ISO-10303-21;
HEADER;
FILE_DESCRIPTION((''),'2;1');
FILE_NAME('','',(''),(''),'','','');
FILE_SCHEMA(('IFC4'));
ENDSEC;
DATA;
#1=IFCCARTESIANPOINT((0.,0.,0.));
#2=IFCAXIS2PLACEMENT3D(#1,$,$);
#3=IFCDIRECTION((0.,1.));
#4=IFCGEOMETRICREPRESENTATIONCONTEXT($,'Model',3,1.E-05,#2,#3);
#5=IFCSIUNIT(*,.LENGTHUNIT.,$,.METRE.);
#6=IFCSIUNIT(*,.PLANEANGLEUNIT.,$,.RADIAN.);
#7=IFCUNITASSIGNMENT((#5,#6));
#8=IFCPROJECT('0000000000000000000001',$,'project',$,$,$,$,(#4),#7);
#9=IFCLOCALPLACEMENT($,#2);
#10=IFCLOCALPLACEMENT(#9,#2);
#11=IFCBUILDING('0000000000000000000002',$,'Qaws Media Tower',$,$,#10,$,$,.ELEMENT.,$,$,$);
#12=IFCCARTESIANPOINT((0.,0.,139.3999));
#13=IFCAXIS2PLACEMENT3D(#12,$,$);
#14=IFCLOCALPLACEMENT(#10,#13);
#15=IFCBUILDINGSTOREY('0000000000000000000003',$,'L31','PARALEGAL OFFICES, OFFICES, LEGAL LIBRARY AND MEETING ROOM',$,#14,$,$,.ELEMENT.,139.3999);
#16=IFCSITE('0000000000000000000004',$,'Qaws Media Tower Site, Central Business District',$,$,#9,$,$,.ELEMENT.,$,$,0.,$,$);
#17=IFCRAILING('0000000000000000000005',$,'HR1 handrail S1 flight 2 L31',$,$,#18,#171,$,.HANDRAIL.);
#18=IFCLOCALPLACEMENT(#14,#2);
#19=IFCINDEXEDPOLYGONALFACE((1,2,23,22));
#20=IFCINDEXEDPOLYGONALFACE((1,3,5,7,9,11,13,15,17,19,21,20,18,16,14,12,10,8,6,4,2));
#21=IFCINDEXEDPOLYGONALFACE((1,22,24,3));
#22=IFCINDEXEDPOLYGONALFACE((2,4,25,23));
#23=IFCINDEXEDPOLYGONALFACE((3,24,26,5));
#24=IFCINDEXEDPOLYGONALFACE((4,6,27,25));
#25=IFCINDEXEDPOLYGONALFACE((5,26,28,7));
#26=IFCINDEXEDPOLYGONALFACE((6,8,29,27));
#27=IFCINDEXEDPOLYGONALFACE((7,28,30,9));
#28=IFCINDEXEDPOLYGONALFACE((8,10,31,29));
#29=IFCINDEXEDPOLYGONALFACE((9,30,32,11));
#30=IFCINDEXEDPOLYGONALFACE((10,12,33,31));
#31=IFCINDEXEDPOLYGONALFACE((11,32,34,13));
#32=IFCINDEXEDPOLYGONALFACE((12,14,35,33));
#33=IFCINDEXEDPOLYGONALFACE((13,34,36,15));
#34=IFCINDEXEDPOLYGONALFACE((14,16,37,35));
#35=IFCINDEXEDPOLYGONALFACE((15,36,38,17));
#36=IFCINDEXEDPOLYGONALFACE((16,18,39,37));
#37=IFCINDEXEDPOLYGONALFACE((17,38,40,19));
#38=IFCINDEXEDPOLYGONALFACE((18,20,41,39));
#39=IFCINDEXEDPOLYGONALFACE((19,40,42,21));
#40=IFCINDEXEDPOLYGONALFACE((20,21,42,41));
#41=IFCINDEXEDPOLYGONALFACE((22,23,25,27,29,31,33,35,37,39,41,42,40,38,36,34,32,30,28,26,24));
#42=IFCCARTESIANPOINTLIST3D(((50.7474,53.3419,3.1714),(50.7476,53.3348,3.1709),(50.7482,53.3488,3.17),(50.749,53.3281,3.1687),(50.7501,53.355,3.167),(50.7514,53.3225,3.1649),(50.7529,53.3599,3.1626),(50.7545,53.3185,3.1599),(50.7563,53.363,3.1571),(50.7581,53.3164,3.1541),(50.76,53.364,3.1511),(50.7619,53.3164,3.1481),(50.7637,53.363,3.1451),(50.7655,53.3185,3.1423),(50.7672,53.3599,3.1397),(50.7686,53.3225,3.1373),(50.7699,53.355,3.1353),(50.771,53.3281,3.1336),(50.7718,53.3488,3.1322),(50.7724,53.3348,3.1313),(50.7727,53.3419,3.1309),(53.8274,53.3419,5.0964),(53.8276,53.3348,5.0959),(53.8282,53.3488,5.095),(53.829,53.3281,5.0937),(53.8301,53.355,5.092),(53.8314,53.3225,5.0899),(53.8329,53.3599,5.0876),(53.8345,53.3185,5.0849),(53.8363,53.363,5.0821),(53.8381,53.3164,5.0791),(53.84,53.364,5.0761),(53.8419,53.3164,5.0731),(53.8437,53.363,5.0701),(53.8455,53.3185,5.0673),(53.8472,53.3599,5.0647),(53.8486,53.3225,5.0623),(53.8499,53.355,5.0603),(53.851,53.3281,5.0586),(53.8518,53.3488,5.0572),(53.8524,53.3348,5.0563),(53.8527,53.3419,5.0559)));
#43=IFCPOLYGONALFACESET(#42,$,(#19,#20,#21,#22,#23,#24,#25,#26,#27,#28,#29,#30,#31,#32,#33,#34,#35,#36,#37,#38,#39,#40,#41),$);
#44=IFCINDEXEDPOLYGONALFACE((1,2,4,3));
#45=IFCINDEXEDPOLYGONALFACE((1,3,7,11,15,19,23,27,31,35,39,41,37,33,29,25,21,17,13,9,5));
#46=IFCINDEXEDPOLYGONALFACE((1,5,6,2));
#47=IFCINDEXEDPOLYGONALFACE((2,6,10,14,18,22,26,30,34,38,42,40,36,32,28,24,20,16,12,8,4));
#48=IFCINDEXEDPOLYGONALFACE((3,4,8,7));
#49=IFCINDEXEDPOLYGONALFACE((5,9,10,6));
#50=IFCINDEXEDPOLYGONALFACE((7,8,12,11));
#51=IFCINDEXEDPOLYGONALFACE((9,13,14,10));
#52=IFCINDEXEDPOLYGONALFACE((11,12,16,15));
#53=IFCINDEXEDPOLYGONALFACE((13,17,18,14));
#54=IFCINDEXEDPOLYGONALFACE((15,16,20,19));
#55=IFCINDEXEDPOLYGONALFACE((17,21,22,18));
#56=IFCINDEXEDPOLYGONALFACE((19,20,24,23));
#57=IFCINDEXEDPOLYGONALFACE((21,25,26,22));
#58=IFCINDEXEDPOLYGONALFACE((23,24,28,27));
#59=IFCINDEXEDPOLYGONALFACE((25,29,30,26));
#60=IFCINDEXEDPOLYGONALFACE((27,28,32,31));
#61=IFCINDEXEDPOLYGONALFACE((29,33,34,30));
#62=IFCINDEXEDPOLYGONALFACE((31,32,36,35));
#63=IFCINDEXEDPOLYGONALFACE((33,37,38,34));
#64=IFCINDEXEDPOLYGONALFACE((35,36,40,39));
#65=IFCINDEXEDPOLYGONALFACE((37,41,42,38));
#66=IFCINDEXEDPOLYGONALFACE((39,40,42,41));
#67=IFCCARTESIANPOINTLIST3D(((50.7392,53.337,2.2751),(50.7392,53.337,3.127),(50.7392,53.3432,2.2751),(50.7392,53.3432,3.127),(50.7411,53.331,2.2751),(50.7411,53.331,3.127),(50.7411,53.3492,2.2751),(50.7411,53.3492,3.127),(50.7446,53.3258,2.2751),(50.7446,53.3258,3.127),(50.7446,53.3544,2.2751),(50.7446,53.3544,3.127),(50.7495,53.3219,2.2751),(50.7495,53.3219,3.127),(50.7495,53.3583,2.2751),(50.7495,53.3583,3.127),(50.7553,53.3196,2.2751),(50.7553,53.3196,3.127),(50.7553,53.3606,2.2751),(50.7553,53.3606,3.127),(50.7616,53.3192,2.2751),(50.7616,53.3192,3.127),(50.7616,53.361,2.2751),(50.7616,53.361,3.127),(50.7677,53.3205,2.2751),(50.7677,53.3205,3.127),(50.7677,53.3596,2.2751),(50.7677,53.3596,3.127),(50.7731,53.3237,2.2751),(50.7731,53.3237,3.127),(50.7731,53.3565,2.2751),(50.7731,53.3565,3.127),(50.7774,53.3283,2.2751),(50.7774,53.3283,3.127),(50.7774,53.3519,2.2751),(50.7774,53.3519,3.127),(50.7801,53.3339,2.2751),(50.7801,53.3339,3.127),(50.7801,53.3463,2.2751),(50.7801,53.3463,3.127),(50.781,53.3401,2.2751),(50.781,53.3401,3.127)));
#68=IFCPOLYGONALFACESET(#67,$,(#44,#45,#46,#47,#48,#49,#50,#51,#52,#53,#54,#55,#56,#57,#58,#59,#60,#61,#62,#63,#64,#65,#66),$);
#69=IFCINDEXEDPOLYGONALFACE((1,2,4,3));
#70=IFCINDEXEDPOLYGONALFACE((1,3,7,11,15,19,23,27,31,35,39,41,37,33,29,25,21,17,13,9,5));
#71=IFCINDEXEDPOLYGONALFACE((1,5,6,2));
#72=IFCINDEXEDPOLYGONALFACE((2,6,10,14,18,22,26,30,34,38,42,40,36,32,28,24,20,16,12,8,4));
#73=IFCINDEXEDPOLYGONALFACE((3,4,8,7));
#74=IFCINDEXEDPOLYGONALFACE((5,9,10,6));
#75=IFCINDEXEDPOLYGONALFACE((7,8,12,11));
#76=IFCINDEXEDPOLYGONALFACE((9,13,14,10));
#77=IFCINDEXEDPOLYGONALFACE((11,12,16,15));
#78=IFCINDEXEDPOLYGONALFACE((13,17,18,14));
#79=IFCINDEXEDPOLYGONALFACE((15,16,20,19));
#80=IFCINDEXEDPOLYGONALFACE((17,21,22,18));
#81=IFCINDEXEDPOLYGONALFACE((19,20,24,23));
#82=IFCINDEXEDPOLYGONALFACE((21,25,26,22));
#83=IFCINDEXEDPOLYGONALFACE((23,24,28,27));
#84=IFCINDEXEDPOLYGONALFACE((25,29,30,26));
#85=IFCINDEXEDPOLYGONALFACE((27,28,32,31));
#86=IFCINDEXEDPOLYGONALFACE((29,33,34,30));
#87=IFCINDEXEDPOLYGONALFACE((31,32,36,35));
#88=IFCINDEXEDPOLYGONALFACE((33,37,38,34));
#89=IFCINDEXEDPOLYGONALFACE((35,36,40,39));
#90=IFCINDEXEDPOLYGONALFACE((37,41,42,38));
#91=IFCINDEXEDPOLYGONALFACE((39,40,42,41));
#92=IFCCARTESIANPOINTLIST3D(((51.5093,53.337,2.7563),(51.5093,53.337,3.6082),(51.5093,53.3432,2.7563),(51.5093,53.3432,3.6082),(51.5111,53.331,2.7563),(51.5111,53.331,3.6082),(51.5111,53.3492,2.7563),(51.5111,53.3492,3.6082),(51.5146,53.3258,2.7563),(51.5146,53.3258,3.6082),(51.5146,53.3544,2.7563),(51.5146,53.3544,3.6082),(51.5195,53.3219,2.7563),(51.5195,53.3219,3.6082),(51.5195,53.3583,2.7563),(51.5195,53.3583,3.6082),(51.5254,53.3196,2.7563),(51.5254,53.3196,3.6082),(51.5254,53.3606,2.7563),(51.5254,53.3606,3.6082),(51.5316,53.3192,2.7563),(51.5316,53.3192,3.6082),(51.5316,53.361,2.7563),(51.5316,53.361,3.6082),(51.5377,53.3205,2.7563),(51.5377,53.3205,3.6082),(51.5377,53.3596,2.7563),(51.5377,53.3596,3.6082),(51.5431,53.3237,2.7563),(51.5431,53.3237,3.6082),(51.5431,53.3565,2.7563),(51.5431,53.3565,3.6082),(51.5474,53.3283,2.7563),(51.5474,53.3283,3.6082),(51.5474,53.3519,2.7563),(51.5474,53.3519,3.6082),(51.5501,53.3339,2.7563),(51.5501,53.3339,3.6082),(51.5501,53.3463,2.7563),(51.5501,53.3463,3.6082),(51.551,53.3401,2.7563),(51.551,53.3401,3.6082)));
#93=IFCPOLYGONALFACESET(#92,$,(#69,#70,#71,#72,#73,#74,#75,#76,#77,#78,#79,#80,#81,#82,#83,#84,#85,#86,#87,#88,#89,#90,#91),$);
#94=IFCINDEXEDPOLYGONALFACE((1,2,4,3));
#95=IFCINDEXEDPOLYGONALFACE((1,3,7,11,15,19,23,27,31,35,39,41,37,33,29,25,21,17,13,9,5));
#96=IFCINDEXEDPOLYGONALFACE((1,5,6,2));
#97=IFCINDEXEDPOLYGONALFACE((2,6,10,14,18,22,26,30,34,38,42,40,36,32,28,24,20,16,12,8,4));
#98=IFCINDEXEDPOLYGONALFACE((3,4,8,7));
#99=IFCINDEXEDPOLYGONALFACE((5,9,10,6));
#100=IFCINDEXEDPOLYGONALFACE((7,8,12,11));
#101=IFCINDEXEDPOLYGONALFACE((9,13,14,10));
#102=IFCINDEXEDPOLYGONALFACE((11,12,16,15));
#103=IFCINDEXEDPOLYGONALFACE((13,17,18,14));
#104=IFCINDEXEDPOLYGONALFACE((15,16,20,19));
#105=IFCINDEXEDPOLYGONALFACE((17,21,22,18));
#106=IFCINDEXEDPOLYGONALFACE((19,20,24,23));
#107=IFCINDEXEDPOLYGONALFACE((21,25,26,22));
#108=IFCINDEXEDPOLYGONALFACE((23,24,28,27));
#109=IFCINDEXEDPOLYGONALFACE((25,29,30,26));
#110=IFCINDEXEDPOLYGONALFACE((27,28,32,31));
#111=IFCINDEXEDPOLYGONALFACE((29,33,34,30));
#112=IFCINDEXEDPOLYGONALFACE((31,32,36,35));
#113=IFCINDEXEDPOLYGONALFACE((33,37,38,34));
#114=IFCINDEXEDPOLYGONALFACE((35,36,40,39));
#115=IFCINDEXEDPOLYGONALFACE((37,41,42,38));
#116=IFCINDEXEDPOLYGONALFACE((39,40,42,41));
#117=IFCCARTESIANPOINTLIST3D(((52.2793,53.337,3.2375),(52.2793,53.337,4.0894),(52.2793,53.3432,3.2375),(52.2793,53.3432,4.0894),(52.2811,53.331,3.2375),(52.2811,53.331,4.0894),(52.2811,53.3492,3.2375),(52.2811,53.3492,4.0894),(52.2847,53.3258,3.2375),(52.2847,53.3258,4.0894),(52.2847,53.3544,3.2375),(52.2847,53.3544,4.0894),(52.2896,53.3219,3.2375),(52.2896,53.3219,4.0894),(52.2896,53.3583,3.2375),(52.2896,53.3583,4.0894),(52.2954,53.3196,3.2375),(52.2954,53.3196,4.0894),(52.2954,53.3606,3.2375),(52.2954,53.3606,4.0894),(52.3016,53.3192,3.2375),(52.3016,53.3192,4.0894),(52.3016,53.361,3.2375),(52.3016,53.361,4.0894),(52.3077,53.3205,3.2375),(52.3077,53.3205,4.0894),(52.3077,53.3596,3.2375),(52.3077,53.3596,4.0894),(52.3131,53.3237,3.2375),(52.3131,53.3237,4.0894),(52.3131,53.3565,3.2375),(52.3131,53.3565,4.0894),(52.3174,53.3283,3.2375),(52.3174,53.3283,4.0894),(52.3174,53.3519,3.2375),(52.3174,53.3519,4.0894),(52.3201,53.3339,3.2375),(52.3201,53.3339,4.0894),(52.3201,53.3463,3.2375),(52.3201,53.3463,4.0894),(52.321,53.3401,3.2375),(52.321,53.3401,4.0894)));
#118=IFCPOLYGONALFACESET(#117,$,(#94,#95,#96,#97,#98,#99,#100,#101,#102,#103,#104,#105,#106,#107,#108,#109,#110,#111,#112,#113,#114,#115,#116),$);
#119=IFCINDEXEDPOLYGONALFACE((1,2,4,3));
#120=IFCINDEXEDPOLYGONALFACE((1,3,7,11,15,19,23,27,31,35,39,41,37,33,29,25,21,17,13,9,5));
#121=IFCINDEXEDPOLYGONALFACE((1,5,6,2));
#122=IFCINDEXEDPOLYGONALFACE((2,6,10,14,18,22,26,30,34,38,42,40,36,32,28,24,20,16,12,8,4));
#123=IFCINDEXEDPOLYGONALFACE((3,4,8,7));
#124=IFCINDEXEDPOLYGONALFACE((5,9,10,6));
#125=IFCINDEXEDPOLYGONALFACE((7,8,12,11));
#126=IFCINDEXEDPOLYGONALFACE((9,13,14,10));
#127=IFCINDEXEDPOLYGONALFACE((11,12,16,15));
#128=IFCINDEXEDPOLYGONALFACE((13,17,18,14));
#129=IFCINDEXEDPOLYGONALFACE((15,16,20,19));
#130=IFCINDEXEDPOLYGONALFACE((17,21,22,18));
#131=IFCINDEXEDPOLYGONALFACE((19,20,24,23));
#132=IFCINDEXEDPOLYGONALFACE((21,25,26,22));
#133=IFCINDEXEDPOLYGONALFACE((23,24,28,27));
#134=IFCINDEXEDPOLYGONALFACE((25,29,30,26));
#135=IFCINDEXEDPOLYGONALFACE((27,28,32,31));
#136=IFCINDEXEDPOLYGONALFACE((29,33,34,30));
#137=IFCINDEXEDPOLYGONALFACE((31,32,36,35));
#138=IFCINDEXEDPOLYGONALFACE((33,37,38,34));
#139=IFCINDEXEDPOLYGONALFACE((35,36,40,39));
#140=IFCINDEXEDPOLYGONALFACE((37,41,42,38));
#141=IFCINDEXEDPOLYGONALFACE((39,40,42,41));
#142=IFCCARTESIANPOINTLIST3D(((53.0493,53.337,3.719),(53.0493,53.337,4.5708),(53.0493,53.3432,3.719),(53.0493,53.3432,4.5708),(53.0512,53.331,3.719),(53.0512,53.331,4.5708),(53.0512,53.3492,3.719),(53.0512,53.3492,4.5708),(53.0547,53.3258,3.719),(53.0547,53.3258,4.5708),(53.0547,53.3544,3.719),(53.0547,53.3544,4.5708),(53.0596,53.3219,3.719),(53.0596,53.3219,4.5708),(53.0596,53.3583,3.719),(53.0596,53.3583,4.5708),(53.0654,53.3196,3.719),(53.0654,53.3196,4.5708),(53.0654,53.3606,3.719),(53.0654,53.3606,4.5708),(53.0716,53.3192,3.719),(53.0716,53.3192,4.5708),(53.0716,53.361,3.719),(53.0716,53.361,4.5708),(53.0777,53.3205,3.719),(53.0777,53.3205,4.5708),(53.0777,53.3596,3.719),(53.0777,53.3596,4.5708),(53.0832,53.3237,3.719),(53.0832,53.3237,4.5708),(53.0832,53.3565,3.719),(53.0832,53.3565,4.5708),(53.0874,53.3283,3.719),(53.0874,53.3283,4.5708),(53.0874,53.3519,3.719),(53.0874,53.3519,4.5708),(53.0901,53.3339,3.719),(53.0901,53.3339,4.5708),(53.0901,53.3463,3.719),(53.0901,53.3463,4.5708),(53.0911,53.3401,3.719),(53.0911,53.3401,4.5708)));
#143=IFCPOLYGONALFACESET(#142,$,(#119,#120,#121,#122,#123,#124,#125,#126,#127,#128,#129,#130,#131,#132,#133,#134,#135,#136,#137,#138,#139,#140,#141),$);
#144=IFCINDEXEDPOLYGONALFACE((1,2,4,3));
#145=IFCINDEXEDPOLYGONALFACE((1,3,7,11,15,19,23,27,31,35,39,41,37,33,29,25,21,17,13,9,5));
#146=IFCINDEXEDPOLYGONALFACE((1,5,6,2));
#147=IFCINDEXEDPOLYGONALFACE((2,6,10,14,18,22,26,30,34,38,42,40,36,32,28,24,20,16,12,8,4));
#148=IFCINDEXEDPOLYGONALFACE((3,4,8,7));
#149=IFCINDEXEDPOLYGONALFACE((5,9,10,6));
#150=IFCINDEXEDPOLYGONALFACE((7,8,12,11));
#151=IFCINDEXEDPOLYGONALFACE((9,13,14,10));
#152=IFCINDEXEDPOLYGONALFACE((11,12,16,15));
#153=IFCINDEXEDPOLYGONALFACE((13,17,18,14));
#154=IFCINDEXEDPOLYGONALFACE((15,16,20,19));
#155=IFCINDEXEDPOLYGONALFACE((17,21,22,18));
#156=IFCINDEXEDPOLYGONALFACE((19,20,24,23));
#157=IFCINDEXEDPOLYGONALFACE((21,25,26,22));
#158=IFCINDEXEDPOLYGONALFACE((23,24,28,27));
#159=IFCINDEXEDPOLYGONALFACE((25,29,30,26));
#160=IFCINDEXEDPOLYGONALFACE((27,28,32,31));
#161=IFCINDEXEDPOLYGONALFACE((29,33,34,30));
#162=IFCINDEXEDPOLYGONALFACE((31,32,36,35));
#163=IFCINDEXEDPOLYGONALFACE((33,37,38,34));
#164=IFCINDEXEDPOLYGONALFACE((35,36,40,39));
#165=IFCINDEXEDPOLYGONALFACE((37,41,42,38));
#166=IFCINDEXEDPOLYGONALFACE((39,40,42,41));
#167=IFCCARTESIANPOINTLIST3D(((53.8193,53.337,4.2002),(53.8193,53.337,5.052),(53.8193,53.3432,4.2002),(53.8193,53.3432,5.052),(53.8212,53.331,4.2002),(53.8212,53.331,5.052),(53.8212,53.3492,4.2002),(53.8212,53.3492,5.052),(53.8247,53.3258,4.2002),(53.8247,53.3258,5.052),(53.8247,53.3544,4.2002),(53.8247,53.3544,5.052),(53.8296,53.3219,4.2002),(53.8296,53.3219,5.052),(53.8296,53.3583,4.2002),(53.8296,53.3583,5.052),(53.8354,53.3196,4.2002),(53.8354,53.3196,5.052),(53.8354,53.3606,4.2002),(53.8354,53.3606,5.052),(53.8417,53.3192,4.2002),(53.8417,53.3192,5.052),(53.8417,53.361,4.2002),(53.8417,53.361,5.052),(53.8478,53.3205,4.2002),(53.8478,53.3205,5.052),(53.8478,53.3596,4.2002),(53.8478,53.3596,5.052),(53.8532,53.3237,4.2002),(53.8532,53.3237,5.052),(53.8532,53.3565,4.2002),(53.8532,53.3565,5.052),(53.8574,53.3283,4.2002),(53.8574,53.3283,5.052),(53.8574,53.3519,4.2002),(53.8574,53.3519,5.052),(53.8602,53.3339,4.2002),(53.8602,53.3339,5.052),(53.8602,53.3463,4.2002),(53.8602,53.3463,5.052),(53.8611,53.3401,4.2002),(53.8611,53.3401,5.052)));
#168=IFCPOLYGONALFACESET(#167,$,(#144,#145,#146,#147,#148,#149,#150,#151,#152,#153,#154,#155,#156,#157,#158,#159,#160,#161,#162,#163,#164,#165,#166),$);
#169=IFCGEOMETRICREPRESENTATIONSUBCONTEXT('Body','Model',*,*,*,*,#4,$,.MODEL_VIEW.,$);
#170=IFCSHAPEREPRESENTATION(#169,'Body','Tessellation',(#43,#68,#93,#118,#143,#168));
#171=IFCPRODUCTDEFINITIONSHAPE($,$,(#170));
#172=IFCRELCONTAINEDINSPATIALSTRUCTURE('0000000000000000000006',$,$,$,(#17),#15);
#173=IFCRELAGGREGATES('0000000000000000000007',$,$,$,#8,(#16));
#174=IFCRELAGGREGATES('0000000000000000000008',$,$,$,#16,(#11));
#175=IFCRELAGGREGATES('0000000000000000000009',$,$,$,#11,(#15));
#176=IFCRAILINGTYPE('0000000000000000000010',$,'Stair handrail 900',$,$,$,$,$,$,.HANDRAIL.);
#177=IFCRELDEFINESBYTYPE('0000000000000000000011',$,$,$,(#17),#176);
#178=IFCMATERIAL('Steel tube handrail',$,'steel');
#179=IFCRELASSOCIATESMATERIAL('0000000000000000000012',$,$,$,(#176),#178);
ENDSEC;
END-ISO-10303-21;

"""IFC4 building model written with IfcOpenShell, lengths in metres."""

from ifc_helpers import new_model, si_unit, direction, frame, origin, origin_2d, place, context, subcontext, project, spatial, circle, extrude, material, type_object, element, save


model = new_model("IFC4")

# Units and contexts
model_context = context("Model", 3, precision=1e-05, world=origin(), true_north=direction((0.0, 1.0)))
body_context = subcontext(model_context, "Body", "Model", "MODEL_VIEW")
ifc_project = project(units=[si_unit("LENGTHUNIT", "METRE"), si_unit("PLANEANGLEUNIT", "RADIAN")], contexts=[model_context])

# Site, building, storey
site_placement = place(None, origin())
site = spatial("IfcSite", under=ifc_project, at=site_placement, Name="Qaws Media Tower Site, Central Business District", CompositionType="ELEMENT", RefElevation=0.0)
building_placement = place(site_placement, origin())
building = spatial("IfcBuilding", under=site, at=building_placement, Name="Qaws Media Tower", CompositionType="ELEMENT")
storey_placement = place(building_placement, frame((0.0, 0.0, 139.3999)))
storey = spatial("IfcBuildingStorey", under=building, at=storey_placement, Name="L31", Description="PARALEGAL OFFICES, OFFICES, LEGAL LIBRARY AND MEETING ROOM", CompositionType="ELEMENT", Elevation=139.3999)

# Railing
ifc_material_1 = material(Name="Steel tube handrail", Category="steel")
railing_type = type_object("IfcRailingType", Name="Stair handrail 900", PredefinedType="HANDRAIL", material=ifc_material_1)
for number, where, name in (
    (1, (50.76, 53.3401, 2.2751), "HR1 handrail S1 flight 2 L31"),
):
    element("IfcRailing", number, at=place(storey_placement, frame(where)), inside=storey, type_object=railing_type, Name=name, PredefinedType="HANDRAIL", context=body_context, shape_type="SweptSolid", body=[
        extrude(circle(Radius=0.0239, at=origin_2d()), frame((0.0, 0.0, 0.876), z_axis=(0.847998, 0.0, 0.529999), x_axis=(0.0, 1.0, 0.0)), (0.0, 0.0, 1.0), 3.6321),
        extrude(circle(Radius=0.021, at=origin_2d()), origin(), (0.0, 0.0, 1.0), 0.8518),
        extrude(circle(Radius=0.021, at=origin_2d()), frame((0.77, 0.0, 0.4812)), (0.0, 0.0, 1.0), 0.8518),
        extrude(circle(Radius=0.021, at=origin_2d()), frame((1.54, 0.0, 0.9624)), (0.0, 0.0, 1.0), 0.8518),
        extrude(circle(Radius=0.021, at=origin_2d()), frame((2.3101, 0.0, 1.4438)), (0.0, 0.0, 1.0), 0.8518),
        extrude(circle(Radius=0.021, at=origin_2d()), frame((3.0801, 0.0, 1.925)), (0.0, 0.0, 1.0), 0.8518),
    ])

save(model, "model.ifc")
